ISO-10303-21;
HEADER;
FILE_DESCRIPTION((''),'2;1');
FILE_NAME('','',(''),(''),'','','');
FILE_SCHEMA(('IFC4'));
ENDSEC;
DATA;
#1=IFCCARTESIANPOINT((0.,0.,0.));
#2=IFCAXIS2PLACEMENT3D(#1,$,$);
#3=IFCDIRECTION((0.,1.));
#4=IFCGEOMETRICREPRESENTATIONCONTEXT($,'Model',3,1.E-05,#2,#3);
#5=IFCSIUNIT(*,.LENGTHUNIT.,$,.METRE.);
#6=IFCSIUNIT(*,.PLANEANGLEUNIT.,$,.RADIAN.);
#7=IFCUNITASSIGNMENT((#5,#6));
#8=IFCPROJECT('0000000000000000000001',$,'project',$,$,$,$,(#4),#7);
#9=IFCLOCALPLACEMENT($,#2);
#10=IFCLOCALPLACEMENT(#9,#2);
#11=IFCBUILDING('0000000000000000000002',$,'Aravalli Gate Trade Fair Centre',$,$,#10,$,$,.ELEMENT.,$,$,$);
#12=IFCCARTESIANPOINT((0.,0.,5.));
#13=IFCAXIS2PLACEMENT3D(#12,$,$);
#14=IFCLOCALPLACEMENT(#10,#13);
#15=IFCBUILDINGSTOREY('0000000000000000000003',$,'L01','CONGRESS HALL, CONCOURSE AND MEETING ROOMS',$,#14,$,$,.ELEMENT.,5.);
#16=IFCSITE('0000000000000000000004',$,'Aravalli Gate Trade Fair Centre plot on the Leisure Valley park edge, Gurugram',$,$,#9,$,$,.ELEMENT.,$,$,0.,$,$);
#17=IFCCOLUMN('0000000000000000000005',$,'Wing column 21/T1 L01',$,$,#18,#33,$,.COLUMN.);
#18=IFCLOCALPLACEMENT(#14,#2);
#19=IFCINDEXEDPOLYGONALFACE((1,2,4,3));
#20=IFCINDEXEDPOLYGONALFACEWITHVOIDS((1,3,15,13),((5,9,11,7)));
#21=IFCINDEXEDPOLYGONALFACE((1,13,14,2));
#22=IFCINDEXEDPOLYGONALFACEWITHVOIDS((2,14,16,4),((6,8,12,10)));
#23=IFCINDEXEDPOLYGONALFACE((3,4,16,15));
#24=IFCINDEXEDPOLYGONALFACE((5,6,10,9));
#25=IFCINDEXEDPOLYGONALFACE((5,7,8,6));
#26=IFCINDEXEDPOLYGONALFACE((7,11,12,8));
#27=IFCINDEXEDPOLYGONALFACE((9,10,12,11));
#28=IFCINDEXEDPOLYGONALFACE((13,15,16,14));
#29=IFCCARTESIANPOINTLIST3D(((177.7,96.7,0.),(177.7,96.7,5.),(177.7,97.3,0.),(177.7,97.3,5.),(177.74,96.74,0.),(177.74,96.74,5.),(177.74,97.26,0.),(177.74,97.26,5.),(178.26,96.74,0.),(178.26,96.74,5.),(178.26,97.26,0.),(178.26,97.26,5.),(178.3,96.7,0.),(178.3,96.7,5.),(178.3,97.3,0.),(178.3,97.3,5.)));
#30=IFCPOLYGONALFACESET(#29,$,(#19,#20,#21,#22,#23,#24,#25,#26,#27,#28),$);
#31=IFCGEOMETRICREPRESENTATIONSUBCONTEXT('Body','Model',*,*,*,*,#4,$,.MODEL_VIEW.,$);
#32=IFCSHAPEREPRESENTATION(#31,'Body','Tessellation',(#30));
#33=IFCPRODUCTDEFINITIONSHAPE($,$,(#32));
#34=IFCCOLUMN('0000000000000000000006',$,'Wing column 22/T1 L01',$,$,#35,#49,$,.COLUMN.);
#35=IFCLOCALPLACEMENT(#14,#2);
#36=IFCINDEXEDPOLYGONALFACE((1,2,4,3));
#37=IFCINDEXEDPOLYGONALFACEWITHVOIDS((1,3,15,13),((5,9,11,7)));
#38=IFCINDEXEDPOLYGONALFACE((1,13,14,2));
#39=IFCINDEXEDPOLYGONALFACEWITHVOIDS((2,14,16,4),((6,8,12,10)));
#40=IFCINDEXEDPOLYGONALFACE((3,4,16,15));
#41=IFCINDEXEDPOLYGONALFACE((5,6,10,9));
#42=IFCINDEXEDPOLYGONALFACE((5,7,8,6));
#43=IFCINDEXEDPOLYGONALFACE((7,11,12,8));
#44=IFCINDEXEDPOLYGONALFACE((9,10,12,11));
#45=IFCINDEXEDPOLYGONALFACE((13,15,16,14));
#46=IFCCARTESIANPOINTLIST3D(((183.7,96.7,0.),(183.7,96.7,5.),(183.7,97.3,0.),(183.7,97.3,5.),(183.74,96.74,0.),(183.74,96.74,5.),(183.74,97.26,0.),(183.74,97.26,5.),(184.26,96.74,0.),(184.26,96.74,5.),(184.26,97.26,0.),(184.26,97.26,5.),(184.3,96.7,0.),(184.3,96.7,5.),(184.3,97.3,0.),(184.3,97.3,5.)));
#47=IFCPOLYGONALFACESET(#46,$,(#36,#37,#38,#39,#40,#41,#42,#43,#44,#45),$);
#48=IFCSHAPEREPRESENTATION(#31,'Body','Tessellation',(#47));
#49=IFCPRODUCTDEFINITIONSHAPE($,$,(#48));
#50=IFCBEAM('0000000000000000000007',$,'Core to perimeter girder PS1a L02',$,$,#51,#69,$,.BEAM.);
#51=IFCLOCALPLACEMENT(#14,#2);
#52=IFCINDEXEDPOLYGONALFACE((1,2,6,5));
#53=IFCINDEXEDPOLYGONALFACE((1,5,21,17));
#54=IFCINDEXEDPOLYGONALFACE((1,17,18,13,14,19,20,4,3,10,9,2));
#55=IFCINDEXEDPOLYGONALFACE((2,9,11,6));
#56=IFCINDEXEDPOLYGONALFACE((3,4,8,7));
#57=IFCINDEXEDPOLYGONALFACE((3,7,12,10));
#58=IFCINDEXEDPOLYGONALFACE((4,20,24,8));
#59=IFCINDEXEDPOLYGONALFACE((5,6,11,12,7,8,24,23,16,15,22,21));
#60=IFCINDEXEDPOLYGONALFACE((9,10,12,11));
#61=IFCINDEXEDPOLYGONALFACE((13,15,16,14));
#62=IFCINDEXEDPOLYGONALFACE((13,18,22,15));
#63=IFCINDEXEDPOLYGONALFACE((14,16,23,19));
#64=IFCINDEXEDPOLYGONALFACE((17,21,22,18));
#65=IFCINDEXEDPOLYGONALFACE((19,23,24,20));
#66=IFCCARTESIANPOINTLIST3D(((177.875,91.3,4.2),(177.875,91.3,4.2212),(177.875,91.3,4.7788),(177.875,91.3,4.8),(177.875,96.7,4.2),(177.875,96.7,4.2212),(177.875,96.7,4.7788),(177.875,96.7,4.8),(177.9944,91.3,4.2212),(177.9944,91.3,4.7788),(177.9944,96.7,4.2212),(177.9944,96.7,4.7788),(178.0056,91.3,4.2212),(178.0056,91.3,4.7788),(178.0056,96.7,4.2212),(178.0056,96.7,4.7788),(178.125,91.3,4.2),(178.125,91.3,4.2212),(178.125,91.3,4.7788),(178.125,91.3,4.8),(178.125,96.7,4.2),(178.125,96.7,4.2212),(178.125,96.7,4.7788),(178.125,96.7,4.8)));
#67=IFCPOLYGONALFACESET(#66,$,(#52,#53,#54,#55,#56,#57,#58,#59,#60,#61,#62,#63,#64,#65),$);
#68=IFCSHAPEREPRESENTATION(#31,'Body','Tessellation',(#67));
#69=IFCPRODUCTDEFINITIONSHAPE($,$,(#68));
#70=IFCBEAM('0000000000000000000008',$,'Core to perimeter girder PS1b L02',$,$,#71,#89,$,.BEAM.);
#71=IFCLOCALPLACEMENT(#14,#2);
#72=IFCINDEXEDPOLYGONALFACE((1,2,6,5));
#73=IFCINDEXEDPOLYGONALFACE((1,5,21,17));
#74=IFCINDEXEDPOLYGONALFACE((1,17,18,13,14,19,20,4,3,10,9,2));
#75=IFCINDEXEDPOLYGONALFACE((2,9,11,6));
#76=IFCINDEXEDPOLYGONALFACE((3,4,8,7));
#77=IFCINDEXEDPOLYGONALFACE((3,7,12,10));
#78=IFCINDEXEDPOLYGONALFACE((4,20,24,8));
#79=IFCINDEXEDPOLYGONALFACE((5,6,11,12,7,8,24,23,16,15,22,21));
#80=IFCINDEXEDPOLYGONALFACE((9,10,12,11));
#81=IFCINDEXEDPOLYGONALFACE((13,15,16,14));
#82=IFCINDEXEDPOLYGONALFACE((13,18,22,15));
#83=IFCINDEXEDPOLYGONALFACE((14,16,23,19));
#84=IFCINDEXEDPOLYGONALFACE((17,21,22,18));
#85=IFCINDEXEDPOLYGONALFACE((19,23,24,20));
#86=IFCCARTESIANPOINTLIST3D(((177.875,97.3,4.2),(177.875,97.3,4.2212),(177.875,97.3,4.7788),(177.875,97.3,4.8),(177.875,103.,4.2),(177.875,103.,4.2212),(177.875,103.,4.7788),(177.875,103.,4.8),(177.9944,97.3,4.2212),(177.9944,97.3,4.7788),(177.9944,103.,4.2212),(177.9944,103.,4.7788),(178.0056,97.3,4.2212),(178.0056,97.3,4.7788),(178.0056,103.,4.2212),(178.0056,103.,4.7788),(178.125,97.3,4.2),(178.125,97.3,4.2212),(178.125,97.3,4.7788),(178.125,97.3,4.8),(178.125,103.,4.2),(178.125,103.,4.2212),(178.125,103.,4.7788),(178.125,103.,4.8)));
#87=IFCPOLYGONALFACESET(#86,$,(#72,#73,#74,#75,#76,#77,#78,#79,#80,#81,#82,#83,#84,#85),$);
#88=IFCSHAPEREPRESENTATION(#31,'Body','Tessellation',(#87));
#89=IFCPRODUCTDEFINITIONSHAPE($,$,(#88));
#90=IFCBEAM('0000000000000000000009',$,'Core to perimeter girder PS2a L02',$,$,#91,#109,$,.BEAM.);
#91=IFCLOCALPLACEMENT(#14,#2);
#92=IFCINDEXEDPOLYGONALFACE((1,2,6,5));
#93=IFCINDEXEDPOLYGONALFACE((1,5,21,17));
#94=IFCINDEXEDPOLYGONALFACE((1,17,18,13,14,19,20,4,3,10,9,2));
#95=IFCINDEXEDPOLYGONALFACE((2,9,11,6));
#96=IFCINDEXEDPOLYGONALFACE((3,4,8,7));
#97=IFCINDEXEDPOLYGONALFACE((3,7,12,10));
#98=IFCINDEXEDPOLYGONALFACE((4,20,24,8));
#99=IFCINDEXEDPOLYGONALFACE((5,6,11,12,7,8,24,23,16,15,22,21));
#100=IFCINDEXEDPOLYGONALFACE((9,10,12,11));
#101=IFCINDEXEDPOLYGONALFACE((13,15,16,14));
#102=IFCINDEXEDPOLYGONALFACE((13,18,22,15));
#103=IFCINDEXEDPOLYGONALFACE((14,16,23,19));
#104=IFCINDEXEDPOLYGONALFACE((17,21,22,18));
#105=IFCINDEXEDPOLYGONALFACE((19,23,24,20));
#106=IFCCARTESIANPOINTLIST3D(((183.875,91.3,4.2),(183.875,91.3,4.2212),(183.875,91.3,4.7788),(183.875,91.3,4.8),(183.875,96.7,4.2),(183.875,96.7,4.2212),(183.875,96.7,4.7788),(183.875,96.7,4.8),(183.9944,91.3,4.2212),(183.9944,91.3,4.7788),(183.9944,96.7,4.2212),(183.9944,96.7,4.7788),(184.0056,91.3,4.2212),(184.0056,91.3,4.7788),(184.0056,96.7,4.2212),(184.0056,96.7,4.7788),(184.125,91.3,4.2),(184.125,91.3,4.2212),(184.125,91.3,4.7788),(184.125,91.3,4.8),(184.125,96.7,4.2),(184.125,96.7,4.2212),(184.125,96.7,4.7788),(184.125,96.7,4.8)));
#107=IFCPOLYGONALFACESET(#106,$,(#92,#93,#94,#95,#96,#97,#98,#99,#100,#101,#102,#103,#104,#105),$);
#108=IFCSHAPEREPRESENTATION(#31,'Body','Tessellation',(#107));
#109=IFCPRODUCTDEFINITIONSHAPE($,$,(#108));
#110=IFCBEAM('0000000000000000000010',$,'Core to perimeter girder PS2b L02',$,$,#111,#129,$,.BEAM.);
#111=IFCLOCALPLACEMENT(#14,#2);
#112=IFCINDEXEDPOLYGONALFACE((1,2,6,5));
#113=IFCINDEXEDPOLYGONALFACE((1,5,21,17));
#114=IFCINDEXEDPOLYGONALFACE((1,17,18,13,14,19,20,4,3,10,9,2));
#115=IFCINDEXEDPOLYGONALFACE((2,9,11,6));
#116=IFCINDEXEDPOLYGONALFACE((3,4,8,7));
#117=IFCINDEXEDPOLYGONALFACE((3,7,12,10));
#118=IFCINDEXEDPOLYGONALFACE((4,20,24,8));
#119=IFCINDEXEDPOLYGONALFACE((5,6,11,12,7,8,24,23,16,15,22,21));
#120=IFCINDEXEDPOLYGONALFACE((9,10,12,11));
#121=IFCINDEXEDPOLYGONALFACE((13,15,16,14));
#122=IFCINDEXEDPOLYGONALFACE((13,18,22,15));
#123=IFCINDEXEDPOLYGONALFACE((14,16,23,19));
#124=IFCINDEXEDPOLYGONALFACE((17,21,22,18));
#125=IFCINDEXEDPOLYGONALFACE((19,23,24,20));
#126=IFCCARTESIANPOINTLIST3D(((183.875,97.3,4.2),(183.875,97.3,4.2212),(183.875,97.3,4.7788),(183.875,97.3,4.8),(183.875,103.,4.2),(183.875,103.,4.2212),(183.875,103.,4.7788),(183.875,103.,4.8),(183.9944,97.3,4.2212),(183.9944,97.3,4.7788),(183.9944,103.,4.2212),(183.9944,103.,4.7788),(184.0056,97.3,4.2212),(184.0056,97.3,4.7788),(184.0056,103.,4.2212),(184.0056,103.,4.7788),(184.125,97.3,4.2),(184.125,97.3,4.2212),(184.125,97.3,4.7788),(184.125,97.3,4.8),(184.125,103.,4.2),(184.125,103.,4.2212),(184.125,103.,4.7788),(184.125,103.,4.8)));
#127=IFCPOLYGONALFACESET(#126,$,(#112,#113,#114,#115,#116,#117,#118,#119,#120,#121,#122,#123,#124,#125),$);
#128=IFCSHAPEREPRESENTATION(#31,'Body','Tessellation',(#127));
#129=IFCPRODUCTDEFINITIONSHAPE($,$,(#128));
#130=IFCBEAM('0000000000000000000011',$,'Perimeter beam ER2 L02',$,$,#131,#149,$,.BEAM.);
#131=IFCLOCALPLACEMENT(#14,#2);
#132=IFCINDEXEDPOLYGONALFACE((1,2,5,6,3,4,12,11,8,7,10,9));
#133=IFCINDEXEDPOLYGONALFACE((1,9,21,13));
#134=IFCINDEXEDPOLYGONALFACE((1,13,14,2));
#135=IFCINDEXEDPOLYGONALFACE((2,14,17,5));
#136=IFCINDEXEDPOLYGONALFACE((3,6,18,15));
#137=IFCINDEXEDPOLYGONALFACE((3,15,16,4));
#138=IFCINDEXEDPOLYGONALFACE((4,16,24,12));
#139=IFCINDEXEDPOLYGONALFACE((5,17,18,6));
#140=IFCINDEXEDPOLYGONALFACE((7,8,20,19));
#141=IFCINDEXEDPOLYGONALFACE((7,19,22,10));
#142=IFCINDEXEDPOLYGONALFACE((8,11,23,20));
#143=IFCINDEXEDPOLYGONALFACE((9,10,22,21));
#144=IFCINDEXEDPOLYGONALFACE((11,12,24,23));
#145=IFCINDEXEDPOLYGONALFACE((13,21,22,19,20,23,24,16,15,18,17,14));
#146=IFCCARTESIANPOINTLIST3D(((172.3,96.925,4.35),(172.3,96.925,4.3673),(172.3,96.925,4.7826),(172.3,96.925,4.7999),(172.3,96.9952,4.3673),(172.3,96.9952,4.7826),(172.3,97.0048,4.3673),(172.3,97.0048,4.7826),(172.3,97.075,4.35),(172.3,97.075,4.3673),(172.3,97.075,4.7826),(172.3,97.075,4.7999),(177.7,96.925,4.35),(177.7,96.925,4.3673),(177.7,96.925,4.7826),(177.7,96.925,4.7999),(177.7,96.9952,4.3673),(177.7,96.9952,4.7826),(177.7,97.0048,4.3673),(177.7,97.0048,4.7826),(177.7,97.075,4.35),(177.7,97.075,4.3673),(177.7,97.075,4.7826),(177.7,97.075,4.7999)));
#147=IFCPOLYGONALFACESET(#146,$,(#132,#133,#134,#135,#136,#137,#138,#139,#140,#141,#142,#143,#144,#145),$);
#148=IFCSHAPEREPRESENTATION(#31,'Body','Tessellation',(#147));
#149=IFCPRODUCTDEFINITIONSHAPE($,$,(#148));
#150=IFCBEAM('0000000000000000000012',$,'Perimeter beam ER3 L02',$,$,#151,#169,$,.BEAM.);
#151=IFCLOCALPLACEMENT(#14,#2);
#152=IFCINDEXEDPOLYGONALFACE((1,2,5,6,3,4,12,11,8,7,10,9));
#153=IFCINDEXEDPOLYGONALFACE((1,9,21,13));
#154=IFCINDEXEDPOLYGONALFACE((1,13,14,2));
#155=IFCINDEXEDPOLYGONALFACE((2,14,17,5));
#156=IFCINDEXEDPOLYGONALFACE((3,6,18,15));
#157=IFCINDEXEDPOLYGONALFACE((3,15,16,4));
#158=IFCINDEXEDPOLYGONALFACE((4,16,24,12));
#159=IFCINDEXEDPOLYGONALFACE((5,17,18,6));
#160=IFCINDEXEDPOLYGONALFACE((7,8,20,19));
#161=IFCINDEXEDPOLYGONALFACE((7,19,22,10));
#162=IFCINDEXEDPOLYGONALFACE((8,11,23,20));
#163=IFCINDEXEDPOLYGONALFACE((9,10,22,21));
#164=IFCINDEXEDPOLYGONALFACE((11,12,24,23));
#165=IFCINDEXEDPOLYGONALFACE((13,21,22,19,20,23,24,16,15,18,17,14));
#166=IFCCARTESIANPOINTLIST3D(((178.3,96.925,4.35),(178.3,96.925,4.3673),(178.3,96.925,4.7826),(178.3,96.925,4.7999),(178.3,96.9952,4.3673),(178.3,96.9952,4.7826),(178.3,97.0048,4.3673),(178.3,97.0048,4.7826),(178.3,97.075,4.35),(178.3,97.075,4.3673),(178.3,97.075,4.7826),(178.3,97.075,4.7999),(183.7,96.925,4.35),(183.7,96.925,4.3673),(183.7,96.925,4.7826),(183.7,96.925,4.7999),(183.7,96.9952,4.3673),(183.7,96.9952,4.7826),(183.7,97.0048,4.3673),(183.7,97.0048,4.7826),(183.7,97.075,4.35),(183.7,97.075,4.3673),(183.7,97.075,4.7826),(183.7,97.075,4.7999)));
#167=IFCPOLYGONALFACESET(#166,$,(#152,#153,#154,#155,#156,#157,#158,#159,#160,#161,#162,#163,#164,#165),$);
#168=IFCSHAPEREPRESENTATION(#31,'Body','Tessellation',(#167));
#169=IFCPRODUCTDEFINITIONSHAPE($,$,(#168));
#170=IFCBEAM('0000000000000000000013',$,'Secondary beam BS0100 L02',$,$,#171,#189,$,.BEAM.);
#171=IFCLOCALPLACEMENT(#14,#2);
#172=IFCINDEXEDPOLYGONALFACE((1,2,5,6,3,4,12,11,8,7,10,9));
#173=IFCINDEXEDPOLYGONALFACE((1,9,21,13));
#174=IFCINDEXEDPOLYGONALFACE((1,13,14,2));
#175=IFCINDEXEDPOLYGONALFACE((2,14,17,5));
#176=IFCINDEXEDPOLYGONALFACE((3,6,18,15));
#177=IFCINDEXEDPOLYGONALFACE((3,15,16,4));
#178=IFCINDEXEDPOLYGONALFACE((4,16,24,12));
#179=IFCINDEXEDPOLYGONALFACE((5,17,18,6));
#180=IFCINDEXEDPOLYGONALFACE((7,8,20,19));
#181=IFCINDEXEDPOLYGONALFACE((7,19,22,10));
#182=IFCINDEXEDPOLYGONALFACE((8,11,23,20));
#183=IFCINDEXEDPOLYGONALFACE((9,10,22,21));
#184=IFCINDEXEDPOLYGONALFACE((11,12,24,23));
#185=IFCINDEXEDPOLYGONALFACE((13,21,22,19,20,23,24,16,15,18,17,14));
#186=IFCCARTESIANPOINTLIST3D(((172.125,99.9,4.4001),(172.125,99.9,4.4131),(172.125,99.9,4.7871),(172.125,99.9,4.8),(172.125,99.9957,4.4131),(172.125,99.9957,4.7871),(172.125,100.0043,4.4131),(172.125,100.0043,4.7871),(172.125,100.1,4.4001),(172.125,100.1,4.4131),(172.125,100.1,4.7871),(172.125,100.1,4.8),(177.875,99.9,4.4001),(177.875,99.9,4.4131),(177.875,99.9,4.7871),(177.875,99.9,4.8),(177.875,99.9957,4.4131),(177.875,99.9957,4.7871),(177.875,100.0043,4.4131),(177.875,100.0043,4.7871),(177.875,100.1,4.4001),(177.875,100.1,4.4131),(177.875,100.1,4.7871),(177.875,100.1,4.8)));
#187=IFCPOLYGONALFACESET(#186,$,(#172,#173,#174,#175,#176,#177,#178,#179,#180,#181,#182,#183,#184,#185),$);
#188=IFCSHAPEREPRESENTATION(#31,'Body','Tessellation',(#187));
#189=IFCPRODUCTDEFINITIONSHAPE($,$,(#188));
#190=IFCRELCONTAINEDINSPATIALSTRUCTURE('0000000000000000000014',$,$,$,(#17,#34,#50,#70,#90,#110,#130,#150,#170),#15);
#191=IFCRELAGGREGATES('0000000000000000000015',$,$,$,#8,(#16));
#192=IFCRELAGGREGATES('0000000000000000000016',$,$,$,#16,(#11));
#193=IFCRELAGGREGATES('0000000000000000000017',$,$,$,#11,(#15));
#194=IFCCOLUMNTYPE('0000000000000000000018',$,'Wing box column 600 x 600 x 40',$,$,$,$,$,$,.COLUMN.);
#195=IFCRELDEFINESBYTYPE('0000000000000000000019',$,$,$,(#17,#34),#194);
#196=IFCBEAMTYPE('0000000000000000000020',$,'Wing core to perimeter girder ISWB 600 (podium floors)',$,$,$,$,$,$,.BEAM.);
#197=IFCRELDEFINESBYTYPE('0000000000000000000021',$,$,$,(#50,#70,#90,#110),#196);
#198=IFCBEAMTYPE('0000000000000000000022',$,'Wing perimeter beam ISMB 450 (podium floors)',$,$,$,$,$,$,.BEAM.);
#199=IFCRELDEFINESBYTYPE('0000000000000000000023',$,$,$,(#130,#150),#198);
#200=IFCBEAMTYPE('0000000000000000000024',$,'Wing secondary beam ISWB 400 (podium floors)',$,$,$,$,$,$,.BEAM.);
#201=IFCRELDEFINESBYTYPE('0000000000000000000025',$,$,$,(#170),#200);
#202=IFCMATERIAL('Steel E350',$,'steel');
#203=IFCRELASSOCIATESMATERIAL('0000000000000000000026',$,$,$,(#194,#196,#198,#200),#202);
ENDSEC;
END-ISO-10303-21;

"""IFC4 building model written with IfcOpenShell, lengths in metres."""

from ifc_helpers import new_model, si_unit, direction, frame, origin, origin_2d, place, context, subcontext, project, spatial, hollow_rectangle, i_section, extrude, material, material_profile, profile_set, type_object, element, save


model = new_model("IFC4")

# Units and contexts
model_context = context("Model", 3, precision=1e-05, world=origin(), true_north=direction((0.0, 1.0)))
body_context = subcontext(model_context, "Body", "Model", "MODEL_VIEW")
ifc_project = project(units=[si_unit("LENGTHUNIT", "METRE"), si_unit("PLANEANGLEUNIT", "RADIAN")], contexts=[model_context])

# Site, building, storey
site_placement = place(None, origin())
site = spatial("IfcSite", under=ifc_project, at=site_placement, Name="Aravalli Gate Trade Fair Centre plot on the Leisure Valley park edge, Gurugram", CompositionType="ELEMENT", RefElevation=0.0)
building_placement = place(site_placement, origin())
building = spatial("IfcBuilding", under=site, at=building_placement, Name="Aravalli Gate Trade Fair Centre", CompositionType="ELEMENT")
storey_placement = place(building_placement, frame((0.0, 0.0, 5.0)))
storey = spatial("IfcBuildingStorey", under=building, at=storey_placement, Name="L01", Description="CONGRESS HALL, CONCOURSE AND MEETING ROOMS", CompositionType="ELEMENT", Elevation=5.0)

# Columns
ifc_material_1 = material(Name="Steel E350", Category="steel")
ifc_material_profile_1 = material_profile(ifc_material_1, hollow_rectangle(XDim=0.6001, YDim=0.6001, WallThickness=0.04, at=origin_2d()), Name="BOX 600x600x40")
ifc_profile_set_1 = profile_set([ifc_material_profile_1], Name="Steel E350")
column_type = type_object("IfcColumnType", Name="Wing box column 600 x 600 x 40", PredefinedType="COLUMN", material=ifc_profile_set_1)
for number, where, z_axis, x_axis, name in (
    (1, (178.0, 97.0, 0.0), (0.0, 0.0, 1.0), (1.0, 0.0, 0.0), "Wing column 21/T1 L01"),
    (2, (184.0, 97.0, 0.0), (0.0, 0.0, 1.0), (1.0, 0.0, 0.0), "Wing column 22/T1 L01"),
):
    element("IfcColumn", number, at=place(storey_placement, frame(where, z_axis=z_axis, x_axis=x_axis)), inside=storey, type_object=column_type, Name=name, PredefinedType="COLUMN", context=body_context, shape_type="SweptSolid", body=[
        extrude(hollow_rectangle(XDim=0.6001, YDim=0.6001, WallThickness=0.04, at=origin_2d()), origin(), (0.0, 0.0, 1.0), 5.0),
    ])

# Beams
ifc_material_profile_2 = material_profile(ifc_material_1, i_section(OverallWidth=0.25, OverallDepth=0.6001, WebThickness=0.0112, FlangeThickness=0.0212, at=origin_2d()), Name="ISWB 600")
ifc_profile_set_2 = profile_set([ifc_material_profile_2], Name="Steel E350")
beam_type_1 = type_object("IfcBeamType", Name="Wing core to perimeter girder ISWB 600 (podium floors)", PredefinedType="BEAM", material=ifc_profile_set_2)
beam_1_placement = place(storey_placement, frame((178.0, 91.3, 4.5), z_axis=(0.0, 1.0, 0.0), x_axis=(-1.0, 0.0, 0.0)))
element("IfcBeam", 3, at=beam_1_placement, inside=storey, type_object=beam_type_1, Name="Core to perimeter girder PS1a L02", PredefinedType="BEAM", context=body_context, shape_type="SweptSolid", body=[
    extrude(i_section(OverallWidth=0.25, OverallDepth=0.6001, WebThickness=0.0112, FlangeThickness=0.0212, at=origin_2d()), origin(), (0.0, 0.0, 1.0), 5.3999),
])
beam_2_placement = place(storey_placement, frame((178.0, 97.3, 4.5), z_axis=(0.0, 1.0, 0.0), x_axis=(-1.0, 0.0, 0.0)))
element("IfcBeam", 4, at=beam_2_placement, inside=storey, type_object=beam_type_1, Name="Core to perimeter girder PS1b L02", PredefinedType="BEAM", context=body_context, shape_type="SweptSolid", body=[
    extrude(i_section(OverallWidth=0.25, OverallDepth=0.6001, WebThickness=0.0112, FlangeThickness=0.0212, at=origin_2d()), origin(), (0.0, 0.0, 1.0), 5.7),
])
beam_3_placement = place(storey_placement, frame((184.0, 91.3, 4.5), z_axis=(0.0, 1.0, 0.0), x_axis=(-1.0, 0.0, 0.0)))
element("IfcBeam", 5, at=beam_3_placement, inside=storey, type_object=beam_type_1, Name="Core to perimeter girder PS2a L02", PredefinedType="BEAM", context=body_context, shape_type="SweptSolid", body=[
    extrude(i_section(OverallWidth=0.25, OverallDepth=0.6001, WebThickness=0.0112, FlangeThickness=0.0212, at=origin_2d()), origin(), (0.0, 0.0, 1.0), 5.3999),
])
beam_4_placement = place(storey_placement, frame((184.0, 97.3, 4.5), z_axis=(0.0, 1.0, 0.0), x_axis=(-1.0, 0.0, 0.0)))
element("IfcBeam", 6, at=beam_4_placement, inside=storey, type_object=beam_type_1, Name="Core to perimeter girder PS2b L02", PredefinedType="BEAM", context=body_context, shape_type="SweptSolid", body=[
    extrude(i_section(OverallWidth=0.25, OverallDepth=0.6001, WebThickness=0.0112, FlangeThickness=0.0212, at=origin_2d()), origin(), (0.0, 0.0, 1.0), 5.7),
])
ifc_material_profile_3 = material_profile(ifc_material_1, i_section(OverallWidth=0.1499, OverallDepth=0.45, WebThickness=0.0095, FlangeThickness=0.0173, at=origin_2d()), Name="ISMB 450")
ifc_profile_set_3 = profile_set([ifc_material_profile_3], Name="Steel E350")
beam_type_2 = type_object("IfcBeamType", Name="Wing perimeter beam ISMB 450 (podium floors)", PredefinedType="BEAM", material=ifc_profile_set_3)
for number, where, z_axis, x_axis, name in (
    (7, (172.3, 97.0, 4.575), (1.0, 0.0, 0.0), (0.0, 1.0, 0.0), "Perimeter beam ER2 L02"),
    (8, (178.3, 97.0, 4.575), (1.0, 0.0, 0.0), (0.0, 1.0, 0.0), "Perimeter beam ER3 L02"),
):
    element("IfcBeam", number, at=place(storey_placement, frame(where, z_axis=z_axis, x_axis=x_axis)), inside=storey, type_object=beam_type_2, Name=name, PredefinedType="BEAM", context=body_context, shape_type="SweptSolid", body=[
        extrude(i_section(OverallWidth=0.1499, OverallDepth=0.45, WebThickness=0.0095, FlangeThickness=0.0173, at=origin_2d()), origin(), (0.0, 0.0, 1.0), 5.3999),
    ])
ifc_material_profile_4 = material_profile(ifc_material_1, i_section(OverallWidth=0.2, OverallDepth=0.3999, WebThickness=0.0085, FlangeThickness=0.0129, at=origin_2d()), Name="ISWB 400")
ifc_profile_set_4 = profile_set([ifc_material_profile_4], Name="Steel E350")
beam_type_3 = type_object("IfcBeamType", Name="Wing secondary beam ISWB 400 (podium floors)", PredefinedType="BEAM", material=ifc_profile_set_4)
for number, where, z_axis, x_axis, name in (
    (9, (172.125, 100.0, 4.6001), (1.0, 0.0, 0.0), (0.0, 1.0, 0.0), "Secondary beam BS0100 L02"),
):
    element("IfcBeam", number, at=place(storey_placement, frame(where, z_axis=z_axis, x_axis=x_axis)), inside=storey, type_object=beam_type_3, Name=name, PredefinedType="BEAM", context=body_context, shape_type="SweptSolid", body=[
        extrude(i_section(OverallWidth=0.2, OverallDepth=0.3999, WebThickness=0.0085, FlangeThickness=0.0129, at=origin_2d()), origin(), (0.0, 0.0, 1.0), 5.75),
    ])

save(model, "model.ifc")
